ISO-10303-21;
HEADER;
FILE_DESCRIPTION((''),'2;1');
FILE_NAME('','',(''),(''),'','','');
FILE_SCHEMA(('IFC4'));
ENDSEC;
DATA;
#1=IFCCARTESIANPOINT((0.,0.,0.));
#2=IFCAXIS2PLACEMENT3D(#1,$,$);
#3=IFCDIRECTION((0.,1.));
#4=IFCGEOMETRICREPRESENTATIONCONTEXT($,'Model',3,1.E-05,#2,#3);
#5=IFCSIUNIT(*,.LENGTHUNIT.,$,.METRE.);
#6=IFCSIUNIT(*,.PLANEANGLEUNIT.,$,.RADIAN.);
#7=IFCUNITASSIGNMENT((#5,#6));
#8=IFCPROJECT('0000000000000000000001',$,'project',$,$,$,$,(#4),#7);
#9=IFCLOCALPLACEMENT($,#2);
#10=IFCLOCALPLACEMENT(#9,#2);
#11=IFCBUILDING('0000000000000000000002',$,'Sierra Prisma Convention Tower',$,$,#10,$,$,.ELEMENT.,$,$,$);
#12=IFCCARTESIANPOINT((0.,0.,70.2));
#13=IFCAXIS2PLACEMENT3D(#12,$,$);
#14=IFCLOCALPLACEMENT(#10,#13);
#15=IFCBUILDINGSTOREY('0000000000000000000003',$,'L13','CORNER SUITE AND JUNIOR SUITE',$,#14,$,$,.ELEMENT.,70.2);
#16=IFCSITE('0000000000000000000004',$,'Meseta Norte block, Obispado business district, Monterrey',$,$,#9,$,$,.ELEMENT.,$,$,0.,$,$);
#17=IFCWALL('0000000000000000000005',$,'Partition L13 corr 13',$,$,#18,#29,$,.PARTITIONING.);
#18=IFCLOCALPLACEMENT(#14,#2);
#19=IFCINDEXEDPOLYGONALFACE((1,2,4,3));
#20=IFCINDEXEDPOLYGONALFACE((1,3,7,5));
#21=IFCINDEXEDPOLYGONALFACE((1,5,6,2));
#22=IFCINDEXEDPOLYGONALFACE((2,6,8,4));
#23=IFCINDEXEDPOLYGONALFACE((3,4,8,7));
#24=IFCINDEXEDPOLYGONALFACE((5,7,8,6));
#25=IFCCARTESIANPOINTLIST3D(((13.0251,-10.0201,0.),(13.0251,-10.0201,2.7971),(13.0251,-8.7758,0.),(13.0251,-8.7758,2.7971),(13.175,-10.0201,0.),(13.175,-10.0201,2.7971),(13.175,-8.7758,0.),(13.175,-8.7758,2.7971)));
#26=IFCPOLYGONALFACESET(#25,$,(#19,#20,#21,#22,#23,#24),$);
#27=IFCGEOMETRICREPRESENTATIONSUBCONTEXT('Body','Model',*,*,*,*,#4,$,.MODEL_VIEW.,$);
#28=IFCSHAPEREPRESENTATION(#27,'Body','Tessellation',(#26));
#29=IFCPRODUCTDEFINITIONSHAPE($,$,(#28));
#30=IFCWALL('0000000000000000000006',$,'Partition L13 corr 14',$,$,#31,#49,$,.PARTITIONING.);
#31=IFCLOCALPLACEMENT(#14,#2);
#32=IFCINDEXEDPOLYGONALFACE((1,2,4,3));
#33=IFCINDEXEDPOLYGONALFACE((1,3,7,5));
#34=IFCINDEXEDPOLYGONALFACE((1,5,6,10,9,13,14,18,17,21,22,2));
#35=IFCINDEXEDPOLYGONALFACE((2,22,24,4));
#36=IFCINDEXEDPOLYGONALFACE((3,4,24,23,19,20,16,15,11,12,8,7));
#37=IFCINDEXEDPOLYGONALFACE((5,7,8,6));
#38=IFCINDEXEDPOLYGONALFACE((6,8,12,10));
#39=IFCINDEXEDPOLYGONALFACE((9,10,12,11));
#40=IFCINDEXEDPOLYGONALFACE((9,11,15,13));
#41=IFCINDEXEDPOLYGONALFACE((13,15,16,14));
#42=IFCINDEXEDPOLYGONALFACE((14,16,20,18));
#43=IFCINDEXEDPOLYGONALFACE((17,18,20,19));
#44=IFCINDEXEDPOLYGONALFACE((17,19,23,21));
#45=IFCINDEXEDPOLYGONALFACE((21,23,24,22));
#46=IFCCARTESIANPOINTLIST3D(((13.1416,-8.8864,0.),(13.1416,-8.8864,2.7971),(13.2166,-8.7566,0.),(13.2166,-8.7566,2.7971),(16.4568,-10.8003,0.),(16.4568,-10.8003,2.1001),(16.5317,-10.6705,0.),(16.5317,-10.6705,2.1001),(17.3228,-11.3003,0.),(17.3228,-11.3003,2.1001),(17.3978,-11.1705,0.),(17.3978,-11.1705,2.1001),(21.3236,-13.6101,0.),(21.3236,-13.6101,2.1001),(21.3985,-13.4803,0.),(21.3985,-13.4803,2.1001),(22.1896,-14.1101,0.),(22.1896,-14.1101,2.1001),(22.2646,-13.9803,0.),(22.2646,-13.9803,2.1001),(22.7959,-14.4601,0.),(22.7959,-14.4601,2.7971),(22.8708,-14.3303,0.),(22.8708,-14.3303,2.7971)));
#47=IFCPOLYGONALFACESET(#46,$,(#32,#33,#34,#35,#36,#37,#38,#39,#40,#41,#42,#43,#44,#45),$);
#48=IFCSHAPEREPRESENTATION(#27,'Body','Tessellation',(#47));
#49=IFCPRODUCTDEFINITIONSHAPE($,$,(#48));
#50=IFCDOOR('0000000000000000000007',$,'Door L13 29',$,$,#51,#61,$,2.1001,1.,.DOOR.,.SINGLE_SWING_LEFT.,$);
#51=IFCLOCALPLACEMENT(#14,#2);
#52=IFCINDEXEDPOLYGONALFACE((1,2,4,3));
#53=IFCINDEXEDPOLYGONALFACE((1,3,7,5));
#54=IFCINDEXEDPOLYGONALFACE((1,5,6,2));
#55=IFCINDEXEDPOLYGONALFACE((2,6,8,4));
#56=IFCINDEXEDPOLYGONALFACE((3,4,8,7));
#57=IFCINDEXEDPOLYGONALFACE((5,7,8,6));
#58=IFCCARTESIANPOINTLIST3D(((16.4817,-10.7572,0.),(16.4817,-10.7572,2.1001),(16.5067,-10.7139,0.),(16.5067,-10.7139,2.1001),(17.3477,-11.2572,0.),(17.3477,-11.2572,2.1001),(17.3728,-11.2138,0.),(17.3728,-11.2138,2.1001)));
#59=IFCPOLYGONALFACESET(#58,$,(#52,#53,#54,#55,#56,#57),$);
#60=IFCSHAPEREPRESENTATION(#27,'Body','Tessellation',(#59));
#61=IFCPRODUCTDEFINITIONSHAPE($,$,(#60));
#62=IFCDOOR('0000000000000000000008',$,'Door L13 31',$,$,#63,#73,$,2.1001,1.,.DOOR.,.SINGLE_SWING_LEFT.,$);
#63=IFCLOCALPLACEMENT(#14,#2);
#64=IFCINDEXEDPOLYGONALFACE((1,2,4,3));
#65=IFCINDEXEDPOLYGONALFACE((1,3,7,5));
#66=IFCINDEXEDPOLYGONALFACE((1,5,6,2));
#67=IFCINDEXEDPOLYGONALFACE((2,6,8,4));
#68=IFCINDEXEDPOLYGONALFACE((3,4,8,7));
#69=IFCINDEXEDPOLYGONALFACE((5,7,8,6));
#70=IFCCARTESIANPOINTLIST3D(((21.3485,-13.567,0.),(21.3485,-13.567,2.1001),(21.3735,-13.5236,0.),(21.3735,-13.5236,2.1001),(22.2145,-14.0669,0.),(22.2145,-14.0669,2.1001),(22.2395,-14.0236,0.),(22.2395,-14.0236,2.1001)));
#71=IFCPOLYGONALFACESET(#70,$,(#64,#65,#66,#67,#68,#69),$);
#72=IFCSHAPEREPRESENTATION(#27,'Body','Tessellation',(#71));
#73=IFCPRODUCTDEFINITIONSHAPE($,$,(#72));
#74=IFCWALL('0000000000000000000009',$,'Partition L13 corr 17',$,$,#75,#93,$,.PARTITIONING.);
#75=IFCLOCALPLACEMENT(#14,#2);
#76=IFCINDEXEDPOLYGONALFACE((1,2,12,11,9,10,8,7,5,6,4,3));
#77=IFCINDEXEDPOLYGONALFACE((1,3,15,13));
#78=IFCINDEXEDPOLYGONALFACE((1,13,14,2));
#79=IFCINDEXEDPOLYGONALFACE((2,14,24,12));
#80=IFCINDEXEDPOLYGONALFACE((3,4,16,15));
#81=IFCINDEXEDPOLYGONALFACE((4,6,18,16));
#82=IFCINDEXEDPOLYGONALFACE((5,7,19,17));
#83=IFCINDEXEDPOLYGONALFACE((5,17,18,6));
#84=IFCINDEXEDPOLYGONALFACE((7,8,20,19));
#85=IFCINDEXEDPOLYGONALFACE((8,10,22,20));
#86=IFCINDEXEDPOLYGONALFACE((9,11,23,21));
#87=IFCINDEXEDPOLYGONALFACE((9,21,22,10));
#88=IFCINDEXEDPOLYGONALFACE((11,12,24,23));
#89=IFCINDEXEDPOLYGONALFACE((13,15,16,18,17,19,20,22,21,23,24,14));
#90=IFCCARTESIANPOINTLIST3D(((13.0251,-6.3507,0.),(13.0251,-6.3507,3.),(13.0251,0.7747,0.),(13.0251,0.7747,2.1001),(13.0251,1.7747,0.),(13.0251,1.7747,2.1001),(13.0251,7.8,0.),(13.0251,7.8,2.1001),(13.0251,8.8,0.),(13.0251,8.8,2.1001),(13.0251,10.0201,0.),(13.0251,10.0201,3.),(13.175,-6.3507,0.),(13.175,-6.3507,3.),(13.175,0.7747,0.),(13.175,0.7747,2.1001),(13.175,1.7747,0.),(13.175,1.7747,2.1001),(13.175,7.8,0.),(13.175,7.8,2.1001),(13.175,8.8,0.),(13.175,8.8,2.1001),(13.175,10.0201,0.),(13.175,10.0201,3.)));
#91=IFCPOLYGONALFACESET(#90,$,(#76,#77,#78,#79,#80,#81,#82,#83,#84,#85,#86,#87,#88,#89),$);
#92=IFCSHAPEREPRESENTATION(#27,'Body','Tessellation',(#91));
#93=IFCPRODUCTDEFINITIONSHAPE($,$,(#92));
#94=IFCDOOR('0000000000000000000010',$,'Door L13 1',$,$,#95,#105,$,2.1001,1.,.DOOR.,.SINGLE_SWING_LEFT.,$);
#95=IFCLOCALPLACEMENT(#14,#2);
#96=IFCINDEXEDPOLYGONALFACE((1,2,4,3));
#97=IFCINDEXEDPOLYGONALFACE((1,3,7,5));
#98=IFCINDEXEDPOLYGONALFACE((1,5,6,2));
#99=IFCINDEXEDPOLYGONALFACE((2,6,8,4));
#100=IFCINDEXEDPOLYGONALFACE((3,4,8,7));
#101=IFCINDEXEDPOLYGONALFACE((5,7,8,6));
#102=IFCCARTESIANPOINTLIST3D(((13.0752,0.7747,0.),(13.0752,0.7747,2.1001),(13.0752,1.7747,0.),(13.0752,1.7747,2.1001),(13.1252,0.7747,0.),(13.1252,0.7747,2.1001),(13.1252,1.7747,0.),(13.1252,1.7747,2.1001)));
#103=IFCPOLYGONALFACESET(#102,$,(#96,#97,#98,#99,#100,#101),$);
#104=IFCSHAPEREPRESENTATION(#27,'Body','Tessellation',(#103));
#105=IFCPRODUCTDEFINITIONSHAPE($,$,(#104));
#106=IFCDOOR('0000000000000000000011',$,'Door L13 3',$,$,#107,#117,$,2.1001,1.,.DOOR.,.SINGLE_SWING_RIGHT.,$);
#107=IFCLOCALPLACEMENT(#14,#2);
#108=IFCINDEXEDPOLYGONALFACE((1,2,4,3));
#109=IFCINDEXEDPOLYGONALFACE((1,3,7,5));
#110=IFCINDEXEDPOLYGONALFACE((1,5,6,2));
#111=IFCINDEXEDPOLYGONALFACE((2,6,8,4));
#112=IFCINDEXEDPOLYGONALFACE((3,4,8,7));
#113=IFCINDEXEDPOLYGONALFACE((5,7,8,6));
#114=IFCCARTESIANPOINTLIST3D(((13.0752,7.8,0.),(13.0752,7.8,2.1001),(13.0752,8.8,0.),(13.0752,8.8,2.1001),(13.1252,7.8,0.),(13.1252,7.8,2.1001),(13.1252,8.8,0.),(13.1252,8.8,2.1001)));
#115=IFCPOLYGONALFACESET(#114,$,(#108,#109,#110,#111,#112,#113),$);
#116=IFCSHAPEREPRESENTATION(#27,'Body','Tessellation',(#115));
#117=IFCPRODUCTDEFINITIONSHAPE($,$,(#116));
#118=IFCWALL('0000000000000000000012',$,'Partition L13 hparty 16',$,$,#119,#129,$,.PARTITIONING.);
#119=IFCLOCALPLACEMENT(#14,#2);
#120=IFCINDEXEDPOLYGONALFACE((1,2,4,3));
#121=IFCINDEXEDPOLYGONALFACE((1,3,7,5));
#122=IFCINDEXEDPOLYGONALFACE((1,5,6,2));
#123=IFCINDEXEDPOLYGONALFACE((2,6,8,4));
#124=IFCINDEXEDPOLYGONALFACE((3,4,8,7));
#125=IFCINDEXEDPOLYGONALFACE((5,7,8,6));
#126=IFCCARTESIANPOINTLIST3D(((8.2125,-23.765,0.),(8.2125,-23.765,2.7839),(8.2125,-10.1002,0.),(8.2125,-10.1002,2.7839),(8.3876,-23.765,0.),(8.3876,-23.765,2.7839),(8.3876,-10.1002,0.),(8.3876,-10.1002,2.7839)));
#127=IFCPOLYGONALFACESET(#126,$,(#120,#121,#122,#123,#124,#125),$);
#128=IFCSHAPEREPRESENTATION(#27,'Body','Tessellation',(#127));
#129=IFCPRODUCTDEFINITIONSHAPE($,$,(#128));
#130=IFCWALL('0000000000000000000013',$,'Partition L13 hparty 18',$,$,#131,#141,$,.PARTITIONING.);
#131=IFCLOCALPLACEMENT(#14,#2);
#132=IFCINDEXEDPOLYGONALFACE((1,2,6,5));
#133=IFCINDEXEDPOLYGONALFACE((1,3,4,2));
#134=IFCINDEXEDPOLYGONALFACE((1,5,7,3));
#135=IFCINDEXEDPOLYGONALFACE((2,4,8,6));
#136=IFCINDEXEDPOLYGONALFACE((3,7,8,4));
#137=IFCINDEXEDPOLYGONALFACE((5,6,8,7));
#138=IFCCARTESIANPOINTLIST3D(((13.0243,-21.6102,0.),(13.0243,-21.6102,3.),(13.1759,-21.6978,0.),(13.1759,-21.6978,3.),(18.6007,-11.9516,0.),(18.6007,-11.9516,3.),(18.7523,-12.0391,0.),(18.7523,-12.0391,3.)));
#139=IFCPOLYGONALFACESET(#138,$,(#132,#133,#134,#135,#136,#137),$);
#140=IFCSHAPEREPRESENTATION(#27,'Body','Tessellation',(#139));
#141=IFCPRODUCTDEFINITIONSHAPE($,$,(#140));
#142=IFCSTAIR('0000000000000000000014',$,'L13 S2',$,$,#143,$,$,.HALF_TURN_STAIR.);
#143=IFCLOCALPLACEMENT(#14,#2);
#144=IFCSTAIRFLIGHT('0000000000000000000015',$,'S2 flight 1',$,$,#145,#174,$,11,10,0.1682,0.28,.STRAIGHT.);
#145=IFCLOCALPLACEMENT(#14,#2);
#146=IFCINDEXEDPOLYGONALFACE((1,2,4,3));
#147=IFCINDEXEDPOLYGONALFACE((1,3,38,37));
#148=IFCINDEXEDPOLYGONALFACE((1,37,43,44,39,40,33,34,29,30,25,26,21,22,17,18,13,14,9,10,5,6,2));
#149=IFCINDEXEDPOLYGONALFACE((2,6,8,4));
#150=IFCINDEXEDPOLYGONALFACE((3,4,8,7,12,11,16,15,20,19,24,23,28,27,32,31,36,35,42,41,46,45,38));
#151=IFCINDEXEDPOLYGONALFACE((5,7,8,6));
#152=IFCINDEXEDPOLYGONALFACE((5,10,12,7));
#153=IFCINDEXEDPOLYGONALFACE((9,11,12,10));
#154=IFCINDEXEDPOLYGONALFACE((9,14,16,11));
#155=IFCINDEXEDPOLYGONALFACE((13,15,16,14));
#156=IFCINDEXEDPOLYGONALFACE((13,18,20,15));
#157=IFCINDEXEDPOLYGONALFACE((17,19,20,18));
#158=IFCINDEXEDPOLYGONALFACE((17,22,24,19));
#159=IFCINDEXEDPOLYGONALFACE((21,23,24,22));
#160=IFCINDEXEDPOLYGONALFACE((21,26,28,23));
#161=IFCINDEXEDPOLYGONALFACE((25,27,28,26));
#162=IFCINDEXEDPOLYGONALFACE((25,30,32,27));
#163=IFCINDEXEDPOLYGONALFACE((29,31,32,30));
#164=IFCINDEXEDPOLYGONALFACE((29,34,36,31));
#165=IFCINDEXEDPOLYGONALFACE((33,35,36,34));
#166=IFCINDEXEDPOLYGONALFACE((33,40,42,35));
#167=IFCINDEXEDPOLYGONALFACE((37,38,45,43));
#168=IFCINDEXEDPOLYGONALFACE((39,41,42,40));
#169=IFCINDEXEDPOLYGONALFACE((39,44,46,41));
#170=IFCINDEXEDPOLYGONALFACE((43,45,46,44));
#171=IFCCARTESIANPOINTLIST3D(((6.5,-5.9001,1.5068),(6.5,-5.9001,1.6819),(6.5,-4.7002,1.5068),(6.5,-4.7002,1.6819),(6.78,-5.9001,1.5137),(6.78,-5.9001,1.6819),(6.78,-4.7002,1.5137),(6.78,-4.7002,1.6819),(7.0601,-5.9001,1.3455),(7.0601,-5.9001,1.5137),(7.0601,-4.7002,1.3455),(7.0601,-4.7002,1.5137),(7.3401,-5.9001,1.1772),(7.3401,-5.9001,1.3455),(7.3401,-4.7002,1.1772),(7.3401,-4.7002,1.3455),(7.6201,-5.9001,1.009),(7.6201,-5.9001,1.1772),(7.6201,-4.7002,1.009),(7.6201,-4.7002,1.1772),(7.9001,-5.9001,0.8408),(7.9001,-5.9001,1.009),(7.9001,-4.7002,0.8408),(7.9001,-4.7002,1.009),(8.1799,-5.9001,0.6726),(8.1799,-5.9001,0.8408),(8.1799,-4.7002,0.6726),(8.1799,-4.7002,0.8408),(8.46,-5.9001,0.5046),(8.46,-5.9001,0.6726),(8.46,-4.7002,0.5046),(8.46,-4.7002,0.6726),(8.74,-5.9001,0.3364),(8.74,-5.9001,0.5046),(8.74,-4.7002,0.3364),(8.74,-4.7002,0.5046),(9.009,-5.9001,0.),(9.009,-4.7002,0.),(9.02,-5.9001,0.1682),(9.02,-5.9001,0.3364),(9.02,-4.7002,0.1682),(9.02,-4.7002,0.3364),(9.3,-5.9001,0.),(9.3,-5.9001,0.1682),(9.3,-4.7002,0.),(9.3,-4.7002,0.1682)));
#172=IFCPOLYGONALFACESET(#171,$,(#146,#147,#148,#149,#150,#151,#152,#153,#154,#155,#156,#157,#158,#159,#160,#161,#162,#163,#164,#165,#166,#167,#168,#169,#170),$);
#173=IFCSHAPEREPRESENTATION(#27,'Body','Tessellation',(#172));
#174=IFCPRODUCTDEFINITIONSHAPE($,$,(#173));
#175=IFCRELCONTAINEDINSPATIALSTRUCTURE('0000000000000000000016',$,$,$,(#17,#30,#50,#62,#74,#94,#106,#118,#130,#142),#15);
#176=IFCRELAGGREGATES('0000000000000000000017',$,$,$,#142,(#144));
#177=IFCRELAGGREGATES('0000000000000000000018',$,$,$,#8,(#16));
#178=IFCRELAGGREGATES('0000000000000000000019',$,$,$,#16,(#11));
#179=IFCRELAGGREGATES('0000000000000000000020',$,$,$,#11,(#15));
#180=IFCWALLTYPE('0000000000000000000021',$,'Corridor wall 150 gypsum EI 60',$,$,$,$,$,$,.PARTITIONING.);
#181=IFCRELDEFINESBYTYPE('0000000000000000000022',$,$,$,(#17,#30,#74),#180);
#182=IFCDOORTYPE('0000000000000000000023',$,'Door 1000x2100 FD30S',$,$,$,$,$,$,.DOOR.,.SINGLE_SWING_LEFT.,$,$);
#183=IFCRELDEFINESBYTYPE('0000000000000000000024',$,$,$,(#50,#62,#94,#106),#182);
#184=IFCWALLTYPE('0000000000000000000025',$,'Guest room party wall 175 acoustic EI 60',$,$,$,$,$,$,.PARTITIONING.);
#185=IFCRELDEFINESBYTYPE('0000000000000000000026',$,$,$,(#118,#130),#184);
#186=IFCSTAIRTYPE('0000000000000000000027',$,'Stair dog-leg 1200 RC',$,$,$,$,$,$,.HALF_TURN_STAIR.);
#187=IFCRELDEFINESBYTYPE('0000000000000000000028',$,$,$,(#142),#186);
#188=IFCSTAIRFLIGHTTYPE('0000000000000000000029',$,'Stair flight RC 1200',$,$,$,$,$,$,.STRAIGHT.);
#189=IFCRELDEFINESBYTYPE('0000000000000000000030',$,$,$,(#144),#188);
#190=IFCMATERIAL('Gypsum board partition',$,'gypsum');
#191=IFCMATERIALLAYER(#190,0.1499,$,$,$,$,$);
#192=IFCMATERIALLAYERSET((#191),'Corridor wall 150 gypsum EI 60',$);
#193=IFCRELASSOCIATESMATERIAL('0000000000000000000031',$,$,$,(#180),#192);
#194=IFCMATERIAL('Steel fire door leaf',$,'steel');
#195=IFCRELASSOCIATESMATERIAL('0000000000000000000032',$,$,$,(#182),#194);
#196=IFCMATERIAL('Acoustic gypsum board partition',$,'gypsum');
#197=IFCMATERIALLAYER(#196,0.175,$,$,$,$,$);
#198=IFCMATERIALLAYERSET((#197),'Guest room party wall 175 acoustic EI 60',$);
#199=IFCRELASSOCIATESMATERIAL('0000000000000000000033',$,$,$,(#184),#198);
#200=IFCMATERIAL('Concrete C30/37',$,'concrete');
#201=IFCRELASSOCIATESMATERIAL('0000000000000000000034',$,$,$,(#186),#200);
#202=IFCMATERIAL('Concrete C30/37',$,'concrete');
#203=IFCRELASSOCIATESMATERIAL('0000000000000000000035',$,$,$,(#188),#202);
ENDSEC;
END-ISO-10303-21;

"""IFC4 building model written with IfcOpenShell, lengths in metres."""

from ifc_helpers import new_model, si_unit, direction, frame, frame_2d, origin, place, context, subcontext, project, spatial, polyline, rectangle, outline, extrude, material, layer, layer_set, type_object, element, fill, aggregate, save


model = new_model("IFC4")

# Units and contexts
model_context = context("Model", 3, precision=1e-05, world=origin(), true_north=direction((0.0, 1.0)))
body_context = subcontext(model_context, "Body", "Model", "MODEL_VIEW")
ifc_project = project(units=[si_unit("LENGTHUNIT", "METRE"), si_unit("PLANEANGLEUNIT", "RADIAN")], contexts=[model_context])

# Site, building, storey
site_placement = place(None, origin())
site = spatial("IfcSite", under=ifc_project, at=site_placement, Name="Meseta Norte block, Obispado business district, Monterrey", CompositionType="ELEMENT", RefElevation=0.0)
building_placement = place(site_placement, origin())
building = spatial("IfcBuilding", under=site, at=building_placement, Name="Sierra Prisma Convention Tower", CompositionType="ELEMENT")
storey_placement = place(building_placement, frame((0.0, 0.0, 70.2)))
storey = spatial("IfcBuildingStorey", under=building, at=storey_placement, Name="L13", Description="CORNER SUITE AND JUNIOR SUITE", CompositionType="ELEMENT", Elevation=70.2)

# Wall
ifc_material_1 = material(Name="Gypsum board partition", Category="gypsum")
ifc_layer_1 = layer(ifc_material_1, 0.1499)
ifc_layer_set_1 = layer_set([ifc_layer_1], Name="Corridor wall 150 gypsum EI 60")
wall_type_1 = type_object("IfcWallType", Name="Corridor wall 150 gypsum EI 60", PredefinedType="PARTITIONING", material=ifc_layer_set_1)
wall_1_placement = place(storey_placement, frame((13.1001, -10.02, 0.0), z_axis=(0.0, 0.0, 1.0), x_axis=(0.0, 1.0, 0.0)))
element("IfcWall", 1, at=wall_1_placement, inside=storey, type_object=wall_type_1, Name="Partition L13 corr 13", PredefinedType="PARTITIONING", context=body_context, shape_type="SweptSolid", body=[
    extrude(rectangle(XDim=1.2444, YDim=0.1499, at=frame_2d((0.6221, 0.0))), origin(), (0.0, 0.0, 1.0), 2.7971),
])

# Walls, openings, doors
wall_2_placement = place(storey_placement, frame((13.1792, -8.8215, 0.0), z_axis=(0.0, 0.0, 1.0), x_axis=(0.866032, -0.499988, 0.0)))
wall_2 = element("IfcWall", 2, at=wall_2_placement, inside=storey, type_object=wall_type_1, Name="Partition L13 corr 14", PredefinedType="PARTITIONING", context=body_context, shape_type="SweptSolid", body=[
    extrude(rectangle(XDim=11.1477, YDim=0.1499, at=frame_2d((5.5737, 0.0))), origin(), (0.0, 0.0, 1.0), 2.7971),
])
opening_1_placement = place(wall_2_placement, frame((3.8279, 0.0, 0.0)))
opening_1 = element("IfcOpeningElement", 3, at=opening_1_placement, cuts=wall_2, PredefinedType="OPENING", context=body_context, shape_type="SweptSolid", body=[
    extrude(rectangle(XDim=1.0, YDim=2.1001, at=frame_2d((0.5, 1.05))), frame((0.0, 0.075, 0.0), z_axis=(0.0, -1.0, 0.0), x_axis=(1.0, 0.0, 0.0)), (0.0, 0.0, 1.0), 0.1499),
])
opening_2_placement = place(wall_2_placement, frame((9.4475, 0.0, 0.0)))
opening_2 = element("IfcOpeningElement", 4, at=opening_2_placement, cuts=wall_2, PredefinedType="OPENING", context=body_context, shape_type="SweptSolid", body=[
    extrude(rectangle(XDim=1.0, YDim=2.1001, at=frame_2d((0.5, 1.05))), frame((0.0, 0.075, 0.0), z_axis=(0.0, -1.0, 0.0), x_axis=(1.0, 0.0, 0.0)), (0.0, 0.0, 1.0), 0.1499),
])
ifc_material_2 = material(Name="Steel fire door leaf", Category="steel")
door_type_1 = type_object("IfcDoorType", Name="Door 1000x2100 FD30S", OperationType="SINGLE_SWING_LEFT", PredefinedType="DOOR", material=ifc_material_2)
door_1_placement = place(opening_1_placement, origin())
door_1 = element("IfcDoor", 5, at=door_1_placement, inside=storey, type_object=door_type_1, Name="Door L13 29", OperationType="SINGLE_SWING_LEFT", OverallHeight=2.1001, OverallWidth=1.0, PredefinedType="DOOR", context=body_context, shape_type="SweptSolid", body=[
    extrude(rectangle(XDim=1.0, YDim=2.1001, at=frame_2d((0.5, 1.05))), frame((0.0, 0.0249, 0.0), z_axis=(0.0, -1.0, 0.0), x_axis=(1.0, 0.0, 0.0)), (0.0, 0.0, 1.0), 0.05),
])
fill(opening_1, door_1)
door_2_placement = place(opening_2_placement, origin())
door_2 = element("IfcDoor", 6, at=door_2_placement, inside=storey, type_object=door_type_1, Name="Door L13 31", OperationType="SINGLE_SWING_LEFT", OverallHeight=2.1001, OverallWidth=1.0, PredefinedType="DOOR", context=body_context, shape_type="SweptSolid", body=[
    extrude(rectangle(XDim=1.0, YDim=2.1001, at=frame_2d((0.5, 1.05))), frame((0.0, 0.0249, 0.0), z_axis=(0.0, -1.0, 0.0), x_axis=(1.0, 0.0, 0.0)), (0.0, 0.0, 1.0), 0.05),
])
fill(opening_2, door_2)
wall_3_placement = place(storey_placement, frame((13.1001, -6.3508, 0.0), z_axis=(0.0, 0.0, 1.0), x_axis=(0.0, 1.0, 0.0)))
wall_3 = element("IfcWall", 7, at=wall_3_placement, inside=storey, type_object=wall_type_1, Name="Partition L13 corr 17", PredefinedType="PARTITIONING", context=body_context, shape_type="SweptSolid", body=[
    extrude(rectangle(XDim=16.3708, YDim=0.1499, at=frame_2d((8.1855, 0.0))), origin(), (0.0, 0.0, 1.0), 3.0),
])
opening_3_placement = place(wall_3_placement, frame((7.1255, 0.0, 0.0)))
opening_3 = element("IfcOpeningElement", 8, at=opening_3_placement, cuts=wall_3, PredefinedType="OPENING", context=body_context, shape_type="SweptSolid", body=[
    extrude(rectangle(XDim=1.0, YDim=2.1001, at=frame_2d((0.5, 1.05))), frame((0.0, 0.075, 0.0), z_axis=(0.0, -1.0, 0.0), x_axis=(1.0, 0.0, 0.0)), (0.0, 0.0, 1.0), 0.1499),
])
opening_4_placement = place(wall_3_placement, frame((14.1509, 0.0, 0.0)))
opening_4 = element("IfcOpeningElement", 9, at=opening_4_placement, cuts=wall_3, PredefinedType="OPENING", context=body_context, shape_type="SweptSolid", body=[
    extrude(rectangle(XDim=1.0, YDim=2.1001, at=frame_2d((0.5, 1.05))), frame((0.0, 0.075, 0.0), z_axis=(0.0, -1.0, 0.0), x_axis=(1.0, 0.0, 0.0)), (0.0, 0.0, 1.0), 0.1499),
])
door_3_placement = place(opening_3_placement, origin())
door_3 = element("IfcDoor", 10, at=door_3_placement, inside=storey, type_object=door_type_1, Name="Door L13 1", OperationType="SINGLE_SWING_LEFT", OverallHeight=2.1001, OverallWidth=1.0, PredefinedType="DOOR", context=body_context, shape_type="SweptSolid", body=[
    extrude(rectangle(XDim=1.0, YDim=2.1001, at=frame_2d((0.5, 1.05))), frame((0.0, 0.0249, 0.0), z_axis=(0.0, -1.0, 0.0), x_axis=(1.0, 0.0, 0.0)), (0.0, 0.0, 1.0), 0.05),
])
fill(opening_3, door_3)
door_4_placement = place(opening_4_placement, origin())
door_4 = element("IfcDoor", 11, at=door_4_placement, inside=storey, type_object=door_type_1, Name="Door L13 3", OperationType="SINGLE_SWING_RIGHT", OverallHeight=2.1001, OverallWidth=1.0, PredefinedType="DOOR", context=body_context, shape_type="SweptSolid", body=[
    extrude(rectangle(XDim=1.0, YDim=2.1001, at=frame_2d((0.5, 1.05))), frame((0.0, 0.0249, 0.0), z_axis=(0.0, -1.0, 0.0), x_axis=(1.0, 0.0, 0.0)), (0.0, 0.0, 1.0), 0.05),
])
fill(opening_4, door_4)

# Walls
ifc_material_3 = material(Name="Acoustic gypsum board partition", Category="gypsum")
ifc_layer_2 = layer(ifc_material_3, 0.175)
ifc_layer_set_2 = layer_set([ifc_layer_2], Name="Guest room party wall 175 acoustic EI 60")
wall_type_2 = type_object("IfcWallType", Name="Guest room party wall 175 acoustic EI 60", PredefinedType="PARTITIONING", material=ifc_layer_set_2)
wall_4_placement = place(storey_placement, frame((8.3, -10.1001, 0.0), z_axis=(0.0, 0.0, 1.0), x_axis=(0.0, -1.0, 0.0)))
element("IfcWall", 12, at=wall_4_placement, inside=storey, type_object=wall_type_2, Name="Partition L13 hparty 16", PredefinedType="PARTITIONING", context=body_context, shape_type="SweptSolid", body=[
    extrude(rectangle(XDim=13.6648, YDim=0.175, at=frame_2d((6.8325, 0.0))), origin(), (0.0, 0.0, 1.0), 2.7839),
])
wall_5_placement = place(storey_placement, frame((18.6765, -11.9954, 0.0), z_axis=(0.0, 0.0, 1.0), x_axis=(-0.499998, -0.866027, 0.0)))
element("IfcWall", 13, at=wall_5_placement, inside=storey, type_object=wall_type_2, Name="Partition L13 hparty 18", PredefinedType="PARTITIONING", context=body_context, shape_type="SweptSolid", body=[
    extrude(rectangle(XDim=11.1528, YDim=0.175, at=frame_2d((5.5764, 0.0))), origin(), (0.0, 0.0, 1.0), 3.0),
])

# Stair, stair flight
ifc_material_4 = material(Name="Concrete C30/37", Category="concrete")
stair_type = type_object("IfcStairType", Name="Stair dog-leg 1200 RC", PredefinedType="HALF_TURN_STAIR", material=ifc_material_4)
stair_placement = place(storey_placement, origin())
stair = element("IfcStair", 14, at=stair_placement, inside=storey, type_object=stair_type, Name="L13 S2", PredefinedType="HALF_TURN_STAIR")
ifc_material_5 = material(Name="Concrete C30/37", Category="concrete")
stair_flight_type = type_object("IfcStairFlightType", Name="Stair flight RC 1200", PredefinedType="STRAIGHT", material=ifc_material_5)
stair_flight_placement = place(storey_placement, frame((9.3, -5.3, 0.0), z_axis=(0.0, 0.0, 1.0), x_axis=(-1.0, 0.0, 0.0)))
stair_flight = element("IfcStairFlight", 15, at=stair_flight_placement, type_object=stair_flight_type, Name="S2 flight 1", NumberOfRisers=11, NumberOfTreads=10, PredefinedType="STRAIGHT", RiserHeight=0.1682, TreadLength=0.28, context=body_context, shape_type="SweptSolid", body=[
    extrude(outline(polyline([(0.0, 0.0), (0.0, 0.1682), (0.28, 0.1682), (0.28, 0.3364), (0.5601, 0.3364), (0.5601, 0.5046), (0.8401, 0.5046), (0.8401, 0.6726), (1.1201, 0.6726), (1.1201, 0.8408), (1.3999, 0.8408), (1.3999, 1.009), (1.6799, 1.009), (1.6799, 1.1772), (1.96, 1.1772), (1.96, 1.3455), (2.24, 1.3455), (2.24, 1.5137), (2.52, 1.5137), (2.52, 1.6819), (2.8, 1.6819), (2.8, 1.8501), (2.8, 1.5068), (0.291, 0.0), (0.0, 0.0)])), frame((0.0, 0.6001, 0.0), z_axis=(0.0, -1.0, 0.0), x_axis=(1.0, 0.0, 0.0)), (0.0, 0.0, 1.0), 1.2),
])
aggregate(stair, [stair_flight])

save(model, "model.ifc")
